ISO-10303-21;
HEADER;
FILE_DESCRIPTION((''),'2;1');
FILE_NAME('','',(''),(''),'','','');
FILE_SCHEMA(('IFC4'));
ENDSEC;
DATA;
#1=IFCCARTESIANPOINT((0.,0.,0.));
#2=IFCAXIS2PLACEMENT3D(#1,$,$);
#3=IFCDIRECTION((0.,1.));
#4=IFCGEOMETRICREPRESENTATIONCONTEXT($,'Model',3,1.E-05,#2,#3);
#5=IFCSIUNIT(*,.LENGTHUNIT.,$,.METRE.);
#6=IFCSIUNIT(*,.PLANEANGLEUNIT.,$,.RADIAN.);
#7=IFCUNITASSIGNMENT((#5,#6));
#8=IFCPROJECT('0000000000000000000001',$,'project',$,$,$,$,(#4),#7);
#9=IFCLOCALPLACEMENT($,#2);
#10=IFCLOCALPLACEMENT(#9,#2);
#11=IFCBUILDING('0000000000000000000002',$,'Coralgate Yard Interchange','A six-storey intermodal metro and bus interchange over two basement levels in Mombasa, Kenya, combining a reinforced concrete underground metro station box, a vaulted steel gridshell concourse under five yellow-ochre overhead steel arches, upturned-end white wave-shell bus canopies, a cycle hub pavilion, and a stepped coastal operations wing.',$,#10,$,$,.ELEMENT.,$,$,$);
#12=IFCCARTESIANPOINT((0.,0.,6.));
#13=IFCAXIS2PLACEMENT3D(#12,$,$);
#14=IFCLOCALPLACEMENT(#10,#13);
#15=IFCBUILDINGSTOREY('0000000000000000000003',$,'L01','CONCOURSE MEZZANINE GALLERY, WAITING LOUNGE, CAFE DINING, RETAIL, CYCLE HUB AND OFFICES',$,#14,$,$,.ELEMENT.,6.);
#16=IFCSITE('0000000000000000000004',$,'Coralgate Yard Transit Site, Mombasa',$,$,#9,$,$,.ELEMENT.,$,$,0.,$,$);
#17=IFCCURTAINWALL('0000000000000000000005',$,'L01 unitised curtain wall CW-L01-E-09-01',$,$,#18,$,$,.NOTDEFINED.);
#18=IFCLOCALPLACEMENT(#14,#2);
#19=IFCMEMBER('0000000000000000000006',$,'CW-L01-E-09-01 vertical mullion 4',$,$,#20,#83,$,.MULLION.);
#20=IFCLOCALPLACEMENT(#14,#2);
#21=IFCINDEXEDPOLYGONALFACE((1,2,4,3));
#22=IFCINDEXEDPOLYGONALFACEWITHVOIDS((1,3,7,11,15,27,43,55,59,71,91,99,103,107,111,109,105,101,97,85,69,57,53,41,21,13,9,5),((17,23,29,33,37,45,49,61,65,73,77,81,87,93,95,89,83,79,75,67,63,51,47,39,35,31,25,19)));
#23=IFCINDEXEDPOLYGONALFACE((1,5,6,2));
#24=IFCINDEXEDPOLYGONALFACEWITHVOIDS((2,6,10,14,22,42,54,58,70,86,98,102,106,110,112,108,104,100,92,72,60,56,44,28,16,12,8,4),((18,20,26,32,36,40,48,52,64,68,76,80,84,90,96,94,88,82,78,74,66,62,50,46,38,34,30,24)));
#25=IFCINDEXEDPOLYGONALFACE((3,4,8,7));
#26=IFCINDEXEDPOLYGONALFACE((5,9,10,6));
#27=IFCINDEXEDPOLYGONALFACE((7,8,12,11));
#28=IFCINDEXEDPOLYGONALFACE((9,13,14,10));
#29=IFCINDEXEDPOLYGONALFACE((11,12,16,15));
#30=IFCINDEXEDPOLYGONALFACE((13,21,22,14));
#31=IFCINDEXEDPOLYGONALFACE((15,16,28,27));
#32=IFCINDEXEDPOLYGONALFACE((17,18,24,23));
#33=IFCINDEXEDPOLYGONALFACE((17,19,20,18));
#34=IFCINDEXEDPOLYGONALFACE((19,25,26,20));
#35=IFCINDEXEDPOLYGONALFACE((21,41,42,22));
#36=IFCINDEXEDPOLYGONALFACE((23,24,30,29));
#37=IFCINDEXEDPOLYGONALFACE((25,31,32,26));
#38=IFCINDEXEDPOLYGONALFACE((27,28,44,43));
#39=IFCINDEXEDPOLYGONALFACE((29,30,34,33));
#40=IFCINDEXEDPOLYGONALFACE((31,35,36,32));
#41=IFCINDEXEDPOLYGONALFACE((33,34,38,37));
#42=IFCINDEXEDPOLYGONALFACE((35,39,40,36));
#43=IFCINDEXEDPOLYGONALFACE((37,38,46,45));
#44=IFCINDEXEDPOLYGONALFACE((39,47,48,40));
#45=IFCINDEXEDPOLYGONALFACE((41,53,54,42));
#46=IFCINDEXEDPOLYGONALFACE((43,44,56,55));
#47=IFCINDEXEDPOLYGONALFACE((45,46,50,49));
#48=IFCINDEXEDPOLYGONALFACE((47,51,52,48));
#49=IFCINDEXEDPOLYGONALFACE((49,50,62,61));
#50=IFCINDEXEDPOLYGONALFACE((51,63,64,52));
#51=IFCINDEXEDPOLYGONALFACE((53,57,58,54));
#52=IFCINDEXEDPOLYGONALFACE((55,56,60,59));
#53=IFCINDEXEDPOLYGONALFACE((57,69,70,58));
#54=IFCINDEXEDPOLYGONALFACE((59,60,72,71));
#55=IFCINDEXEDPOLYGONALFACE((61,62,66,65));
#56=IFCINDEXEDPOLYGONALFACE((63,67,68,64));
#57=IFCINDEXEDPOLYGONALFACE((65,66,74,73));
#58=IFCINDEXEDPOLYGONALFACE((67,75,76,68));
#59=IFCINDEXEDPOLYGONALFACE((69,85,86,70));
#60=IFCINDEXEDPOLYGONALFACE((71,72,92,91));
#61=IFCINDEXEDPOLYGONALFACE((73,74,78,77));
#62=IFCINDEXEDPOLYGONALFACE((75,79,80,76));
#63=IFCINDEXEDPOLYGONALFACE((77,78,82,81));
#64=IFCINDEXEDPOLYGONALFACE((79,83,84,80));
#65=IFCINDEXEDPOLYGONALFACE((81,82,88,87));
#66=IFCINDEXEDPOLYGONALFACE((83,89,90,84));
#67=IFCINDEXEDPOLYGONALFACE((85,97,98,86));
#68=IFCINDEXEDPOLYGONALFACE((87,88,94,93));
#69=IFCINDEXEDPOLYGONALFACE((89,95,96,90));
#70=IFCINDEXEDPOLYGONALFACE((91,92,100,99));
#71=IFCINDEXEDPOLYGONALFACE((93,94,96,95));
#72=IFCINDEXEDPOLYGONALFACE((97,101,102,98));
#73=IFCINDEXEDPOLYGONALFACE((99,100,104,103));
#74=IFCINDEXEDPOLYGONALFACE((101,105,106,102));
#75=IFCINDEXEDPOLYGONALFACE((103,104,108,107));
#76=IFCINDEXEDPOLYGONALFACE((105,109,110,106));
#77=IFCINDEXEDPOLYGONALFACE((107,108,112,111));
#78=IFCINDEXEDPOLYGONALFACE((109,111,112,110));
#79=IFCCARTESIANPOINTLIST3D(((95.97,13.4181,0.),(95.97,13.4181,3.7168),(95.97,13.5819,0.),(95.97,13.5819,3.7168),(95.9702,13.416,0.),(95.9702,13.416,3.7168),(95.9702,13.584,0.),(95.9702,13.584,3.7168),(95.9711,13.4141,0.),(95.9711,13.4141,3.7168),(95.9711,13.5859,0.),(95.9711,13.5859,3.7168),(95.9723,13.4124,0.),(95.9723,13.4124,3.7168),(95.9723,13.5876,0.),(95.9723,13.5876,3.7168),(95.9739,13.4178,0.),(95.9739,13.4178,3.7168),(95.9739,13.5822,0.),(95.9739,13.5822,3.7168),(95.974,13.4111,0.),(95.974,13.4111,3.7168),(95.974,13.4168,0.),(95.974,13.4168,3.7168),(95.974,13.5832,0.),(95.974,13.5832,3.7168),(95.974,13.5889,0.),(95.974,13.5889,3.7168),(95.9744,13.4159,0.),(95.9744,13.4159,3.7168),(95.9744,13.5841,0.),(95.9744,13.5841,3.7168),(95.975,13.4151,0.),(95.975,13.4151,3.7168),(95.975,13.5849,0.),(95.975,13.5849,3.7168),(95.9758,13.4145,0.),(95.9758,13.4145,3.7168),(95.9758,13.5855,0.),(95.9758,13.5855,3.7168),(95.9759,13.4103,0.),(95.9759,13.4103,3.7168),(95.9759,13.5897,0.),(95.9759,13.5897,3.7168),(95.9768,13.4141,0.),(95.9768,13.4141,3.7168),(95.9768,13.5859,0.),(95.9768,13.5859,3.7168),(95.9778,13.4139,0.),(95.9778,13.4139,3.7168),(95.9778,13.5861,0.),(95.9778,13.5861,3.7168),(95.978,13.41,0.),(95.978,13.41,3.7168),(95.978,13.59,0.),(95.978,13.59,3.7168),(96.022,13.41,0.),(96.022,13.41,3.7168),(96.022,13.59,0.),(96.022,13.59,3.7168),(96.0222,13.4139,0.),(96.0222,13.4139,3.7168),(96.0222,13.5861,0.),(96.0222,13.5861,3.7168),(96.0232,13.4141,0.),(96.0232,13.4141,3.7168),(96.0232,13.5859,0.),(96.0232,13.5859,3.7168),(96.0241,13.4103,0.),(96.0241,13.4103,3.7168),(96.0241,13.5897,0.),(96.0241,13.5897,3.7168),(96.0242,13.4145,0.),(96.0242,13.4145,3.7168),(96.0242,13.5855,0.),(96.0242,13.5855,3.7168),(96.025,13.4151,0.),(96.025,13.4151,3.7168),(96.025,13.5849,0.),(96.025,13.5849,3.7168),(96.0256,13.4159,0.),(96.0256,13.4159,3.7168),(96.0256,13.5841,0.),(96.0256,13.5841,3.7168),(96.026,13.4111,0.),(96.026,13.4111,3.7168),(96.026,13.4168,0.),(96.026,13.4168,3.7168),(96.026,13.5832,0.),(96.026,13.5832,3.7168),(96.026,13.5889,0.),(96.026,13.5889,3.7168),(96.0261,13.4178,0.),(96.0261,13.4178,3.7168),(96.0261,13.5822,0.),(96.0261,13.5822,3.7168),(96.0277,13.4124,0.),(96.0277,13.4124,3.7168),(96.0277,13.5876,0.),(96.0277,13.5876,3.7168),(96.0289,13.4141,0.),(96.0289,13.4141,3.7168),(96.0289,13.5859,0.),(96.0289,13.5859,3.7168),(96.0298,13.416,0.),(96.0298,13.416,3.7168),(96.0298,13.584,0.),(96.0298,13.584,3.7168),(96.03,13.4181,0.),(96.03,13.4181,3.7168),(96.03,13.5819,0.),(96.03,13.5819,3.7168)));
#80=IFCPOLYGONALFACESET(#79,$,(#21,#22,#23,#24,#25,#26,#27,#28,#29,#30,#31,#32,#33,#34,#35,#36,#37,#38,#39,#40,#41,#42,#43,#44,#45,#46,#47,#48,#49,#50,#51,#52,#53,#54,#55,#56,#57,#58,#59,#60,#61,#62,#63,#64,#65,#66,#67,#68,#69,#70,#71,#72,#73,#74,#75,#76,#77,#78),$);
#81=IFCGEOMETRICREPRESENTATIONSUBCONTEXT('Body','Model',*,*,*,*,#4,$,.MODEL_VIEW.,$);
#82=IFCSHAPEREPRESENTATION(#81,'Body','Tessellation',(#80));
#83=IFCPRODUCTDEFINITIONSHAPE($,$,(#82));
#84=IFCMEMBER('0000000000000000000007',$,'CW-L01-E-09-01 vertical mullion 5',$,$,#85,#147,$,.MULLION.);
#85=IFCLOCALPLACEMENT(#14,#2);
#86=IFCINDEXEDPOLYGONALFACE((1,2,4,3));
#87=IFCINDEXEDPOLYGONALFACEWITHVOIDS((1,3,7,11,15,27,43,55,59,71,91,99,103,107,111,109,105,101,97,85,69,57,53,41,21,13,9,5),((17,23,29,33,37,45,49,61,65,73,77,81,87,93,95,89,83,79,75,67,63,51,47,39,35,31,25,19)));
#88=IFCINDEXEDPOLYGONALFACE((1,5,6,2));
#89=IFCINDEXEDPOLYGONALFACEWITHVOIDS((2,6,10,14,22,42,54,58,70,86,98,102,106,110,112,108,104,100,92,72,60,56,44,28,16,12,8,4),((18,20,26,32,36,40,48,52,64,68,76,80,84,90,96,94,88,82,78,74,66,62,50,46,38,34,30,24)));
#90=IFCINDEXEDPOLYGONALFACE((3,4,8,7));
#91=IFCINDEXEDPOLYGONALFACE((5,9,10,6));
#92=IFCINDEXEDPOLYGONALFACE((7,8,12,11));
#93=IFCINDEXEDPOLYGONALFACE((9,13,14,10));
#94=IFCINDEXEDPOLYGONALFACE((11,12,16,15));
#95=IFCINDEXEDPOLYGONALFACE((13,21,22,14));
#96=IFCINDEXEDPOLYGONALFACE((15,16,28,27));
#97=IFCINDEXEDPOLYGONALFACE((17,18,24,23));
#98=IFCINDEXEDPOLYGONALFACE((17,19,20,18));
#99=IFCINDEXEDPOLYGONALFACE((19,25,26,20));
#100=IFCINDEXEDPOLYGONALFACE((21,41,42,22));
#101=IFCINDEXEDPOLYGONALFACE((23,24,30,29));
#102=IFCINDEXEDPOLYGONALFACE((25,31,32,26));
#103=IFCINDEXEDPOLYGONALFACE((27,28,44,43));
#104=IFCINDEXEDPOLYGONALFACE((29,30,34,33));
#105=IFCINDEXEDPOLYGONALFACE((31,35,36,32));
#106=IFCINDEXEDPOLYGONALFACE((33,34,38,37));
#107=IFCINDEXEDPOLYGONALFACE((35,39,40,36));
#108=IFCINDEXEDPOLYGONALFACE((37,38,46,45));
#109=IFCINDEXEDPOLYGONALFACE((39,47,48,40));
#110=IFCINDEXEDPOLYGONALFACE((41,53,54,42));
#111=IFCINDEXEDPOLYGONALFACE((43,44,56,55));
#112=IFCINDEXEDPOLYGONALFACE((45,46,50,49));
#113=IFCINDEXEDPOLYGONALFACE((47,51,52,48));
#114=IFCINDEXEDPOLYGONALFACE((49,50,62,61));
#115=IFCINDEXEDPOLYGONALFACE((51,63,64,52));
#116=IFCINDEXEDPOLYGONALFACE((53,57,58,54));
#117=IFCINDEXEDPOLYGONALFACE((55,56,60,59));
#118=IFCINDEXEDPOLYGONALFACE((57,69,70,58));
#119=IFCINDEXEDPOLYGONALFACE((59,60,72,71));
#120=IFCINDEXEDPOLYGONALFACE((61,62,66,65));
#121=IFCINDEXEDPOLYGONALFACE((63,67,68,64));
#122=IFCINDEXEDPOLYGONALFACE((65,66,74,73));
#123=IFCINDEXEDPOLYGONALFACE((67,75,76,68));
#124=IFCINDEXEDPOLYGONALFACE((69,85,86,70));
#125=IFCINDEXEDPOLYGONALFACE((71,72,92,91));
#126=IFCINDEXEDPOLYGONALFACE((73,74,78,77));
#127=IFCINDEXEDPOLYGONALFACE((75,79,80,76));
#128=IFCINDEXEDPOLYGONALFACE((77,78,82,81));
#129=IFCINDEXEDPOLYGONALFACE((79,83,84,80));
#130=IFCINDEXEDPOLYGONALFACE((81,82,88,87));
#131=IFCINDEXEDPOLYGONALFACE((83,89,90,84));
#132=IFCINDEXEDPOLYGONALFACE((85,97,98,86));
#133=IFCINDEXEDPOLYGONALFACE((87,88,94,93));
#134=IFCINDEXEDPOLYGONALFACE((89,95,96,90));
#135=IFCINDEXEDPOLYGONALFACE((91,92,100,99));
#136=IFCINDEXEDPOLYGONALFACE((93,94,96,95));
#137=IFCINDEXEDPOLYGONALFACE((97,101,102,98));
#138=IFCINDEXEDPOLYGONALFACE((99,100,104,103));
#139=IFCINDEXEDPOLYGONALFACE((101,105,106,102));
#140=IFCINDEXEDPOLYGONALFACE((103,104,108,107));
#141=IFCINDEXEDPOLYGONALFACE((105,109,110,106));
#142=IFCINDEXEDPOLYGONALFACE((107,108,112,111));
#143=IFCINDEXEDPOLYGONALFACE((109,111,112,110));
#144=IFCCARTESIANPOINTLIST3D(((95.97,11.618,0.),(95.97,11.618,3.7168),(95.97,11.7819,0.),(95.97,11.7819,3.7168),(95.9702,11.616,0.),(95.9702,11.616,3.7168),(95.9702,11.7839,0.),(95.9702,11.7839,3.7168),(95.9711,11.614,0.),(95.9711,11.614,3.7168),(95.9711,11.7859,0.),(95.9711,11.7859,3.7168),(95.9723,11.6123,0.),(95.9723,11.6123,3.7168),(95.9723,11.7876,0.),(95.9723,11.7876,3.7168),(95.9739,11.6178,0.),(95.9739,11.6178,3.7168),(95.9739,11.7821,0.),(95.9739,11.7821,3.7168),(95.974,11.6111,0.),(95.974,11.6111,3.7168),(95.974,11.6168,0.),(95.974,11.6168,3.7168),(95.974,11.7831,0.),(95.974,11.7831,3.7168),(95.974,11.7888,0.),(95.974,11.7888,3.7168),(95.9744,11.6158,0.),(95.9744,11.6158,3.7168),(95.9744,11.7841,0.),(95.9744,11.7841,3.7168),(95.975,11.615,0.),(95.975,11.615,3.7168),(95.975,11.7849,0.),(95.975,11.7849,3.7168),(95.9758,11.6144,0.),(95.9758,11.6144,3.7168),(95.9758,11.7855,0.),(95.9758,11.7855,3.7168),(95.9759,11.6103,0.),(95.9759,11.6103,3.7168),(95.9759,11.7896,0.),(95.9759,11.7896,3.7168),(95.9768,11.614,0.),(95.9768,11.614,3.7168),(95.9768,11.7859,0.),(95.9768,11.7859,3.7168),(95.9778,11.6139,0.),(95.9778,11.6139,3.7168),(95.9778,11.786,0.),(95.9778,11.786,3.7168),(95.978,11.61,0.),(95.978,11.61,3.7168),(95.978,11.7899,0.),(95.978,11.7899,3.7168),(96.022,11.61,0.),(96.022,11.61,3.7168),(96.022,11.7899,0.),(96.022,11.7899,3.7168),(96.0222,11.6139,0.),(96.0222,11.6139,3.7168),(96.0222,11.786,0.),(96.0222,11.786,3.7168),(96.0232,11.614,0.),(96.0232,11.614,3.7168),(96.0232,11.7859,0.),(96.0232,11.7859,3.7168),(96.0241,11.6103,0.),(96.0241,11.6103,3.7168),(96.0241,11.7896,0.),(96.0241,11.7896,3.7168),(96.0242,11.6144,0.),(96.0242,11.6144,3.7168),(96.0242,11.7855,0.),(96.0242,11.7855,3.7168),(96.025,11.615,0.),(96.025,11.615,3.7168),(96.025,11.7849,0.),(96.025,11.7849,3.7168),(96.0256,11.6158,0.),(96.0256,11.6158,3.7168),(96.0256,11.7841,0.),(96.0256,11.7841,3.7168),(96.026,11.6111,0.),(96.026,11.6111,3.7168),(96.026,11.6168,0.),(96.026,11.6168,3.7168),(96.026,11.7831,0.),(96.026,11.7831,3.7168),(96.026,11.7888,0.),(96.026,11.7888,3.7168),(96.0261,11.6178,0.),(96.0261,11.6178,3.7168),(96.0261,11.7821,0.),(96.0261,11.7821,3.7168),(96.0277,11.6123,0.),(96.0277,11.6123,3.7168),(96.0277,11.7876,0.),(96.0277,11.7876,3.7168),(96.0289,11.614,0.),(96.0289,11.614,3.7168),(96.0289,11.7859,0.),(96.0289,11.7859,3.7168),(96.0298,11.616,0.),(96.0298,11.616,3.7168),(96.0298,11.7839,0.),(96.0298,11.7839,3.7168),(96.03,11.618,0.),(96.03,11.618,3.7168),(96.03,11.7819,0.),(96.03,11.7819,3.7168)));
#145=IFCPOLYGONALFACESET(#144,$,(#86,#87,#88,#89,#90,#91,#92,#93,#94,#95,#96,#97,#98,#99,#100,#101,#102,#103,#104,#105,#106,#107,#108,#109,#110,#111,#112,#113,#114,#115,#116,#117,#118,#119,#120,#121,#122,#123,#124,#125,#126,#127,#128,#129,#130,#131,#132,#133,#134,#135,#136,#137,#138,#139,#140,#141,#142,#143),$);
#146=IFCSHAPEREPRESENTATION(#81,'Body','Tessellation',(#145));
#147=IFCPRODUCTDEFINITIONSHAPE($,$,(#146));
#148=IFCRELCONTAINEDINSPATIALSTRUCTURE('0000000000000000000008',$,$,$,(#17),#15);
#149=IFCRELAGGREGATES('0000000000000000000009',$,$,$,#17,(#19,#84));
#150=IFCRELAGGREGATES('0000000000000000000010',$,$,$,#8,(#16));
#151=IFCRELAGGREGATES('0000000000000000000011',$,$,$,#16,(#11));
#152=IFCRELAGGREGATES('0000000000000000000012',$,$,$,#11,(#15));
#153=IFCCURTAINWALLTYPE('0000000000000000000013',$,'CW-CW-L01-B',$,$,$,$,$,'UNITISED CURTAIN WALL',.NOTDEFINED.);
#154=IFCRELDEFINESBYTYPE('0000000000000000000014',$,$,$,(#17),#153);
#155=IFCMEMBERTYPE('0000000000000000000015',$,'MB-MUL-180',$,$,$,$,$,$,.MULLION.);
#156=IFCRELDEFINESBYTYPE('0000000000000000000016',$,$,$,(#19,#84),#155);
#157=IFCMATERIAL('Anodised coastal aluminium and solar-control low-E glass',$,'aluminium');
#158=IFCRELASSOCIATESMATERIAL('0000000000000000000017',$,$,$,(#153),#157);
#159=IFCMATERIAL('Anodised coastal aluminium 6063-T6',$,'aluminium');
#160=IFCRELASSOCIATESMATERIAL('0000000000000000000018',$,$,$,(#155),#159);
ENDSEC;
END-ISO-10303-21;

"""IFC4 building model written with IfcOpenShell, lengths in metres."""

from ifc_helpers import new_model, si_unit, direction, frame, origin, origin_2d, place, context, subcontext, project, spatial, hollow_rectangle, extrude, material, material_profile, profile_set, type_object, element, aggregate, save


model = new_model("IFC4")

# Units and contexts
model_context = context("Model", 3, precision=1e-05, world=origin(), true_north=direction((0.0, 1.0)))
body_context = subcontext(model_context, "Body", "Model", "MODEL_VIEW")
ifc_project = project(units=[si_unit("LENGTHUNIT", "METRE"), si_unit("PLANEANGLEUNIT", "RADIAN")], contexts=[model_context])

# Site, building, storey
site_placement = place(None, origin())
site = spatial("IfcSite", under=ifc_project, at=site_placement, Name="Coralgate Yard Transit Site, Mombasa", CompositionType="ELEMENT", RefElevation=0.0)
building_placement = place(site_placement, origin())
building = spatial("IfcBuilding", under=site, at=building_placement, Name="Coralgate Yard Interchange", Description="A six-storey intermodal metro and bus interchange over two basement levels in Mombasa, Kenya, combining a reinforced concrete underground metro station box, a vaulted steel gridshell concourse under five yellow-ochre overhead steel arches, upturned-end white wave-shell bus canopies, a cycle hub pavilion, and a stepped coastal operations wing.", CompositionType="ELEMENT")
storey_placement = place(building_placement, frame((0.0, 0.0, 6.0)))
storey = spatial("IfcBuildingStorey", under=building, at=storey_placement, Name="L01", Description="CONCOURSE MEZZANINE GALLERY, WAITING LOUNGE, CAFE DINING, RETAIL, CYCLE HUB AND OFFICES", CompositionType="ELEMENT", Elevation=6.0)

# Curtain wall, members
ifc_material_1 = material(Name="Anodised coastal aluminium and solar-control low-E glass", Category="aluminium")
curtain_wall_type = type_object("IfcCurtainWallType", Name="CW-CW-L01-B", ElementType="UNITISED CURTAIN WALL", PredefinedType="NOTDEFINED", material=ifc_material_1)
ifc_material_2 = material(Name="Anodised coastal aluminium 6063-T6", Category="aluminium")
ifc_material_profile_1 = material_profile(ifc_material_2, hollow_rectangle(XDim=0.0601, YDim=0.1799, WallThickness=0.0039, InnerFilletRadius=0.0039, OuterFilletRadius=0.0081, at=origin_2d()), Name="ALU 60x180x4")
ifc_profile_set_1 = profile_set([ifc_material_profile_1], Name="Anodised coastal aluminium 6063-T6")
member_type_1 = type_object("IfcMemberType", Name="MB-MUL-180", PredefinedType="MULLION", material=ifc_profile_set_1)
curtain_wall_1_placement = place(storey_placement, origin())
curtain_wall_1 = element("IfcCurtainWall", 1, at=curtain_wall_1_placement, inside=storey, type_object=curtain_wall_type, Name="L01 unitised curtain wall CW-L01-E-09-01", PredefinedType="NOTDEFINED")
member_1_placement = place(storey_placement, frame((96.0, 13.5, 0.0), z_axis=(0.0, 0.0, 1.0), x_axis=(1.0, 0.0, 0.0)))
member_1 = element("IfcMember", 2, at=member_1_placement, type_object=member_type_1, Name="CW-L01-E-09-01 vertical mullion 4", PredefinedType="MULLION", context=body_context, shape_type="SweptSolid", body=[
    extrude(hollow_rectangle(XDim=0.0601, YDim=0.1799, WallThickness=0.0039, InnerFilletRadius=0.0039, OuterFilletRadius=0.0081, at=origin_2d()), origin(), (0.0, 0.0, 1.0), 3.7168),
])
member_2_placement = place(storey_placement, frame((96.0, 11.7, 0.0), z_axis=(0.0, 0.0, 1.0), x_axis=(1.0, 0.0, 0.0)))
member_2 = element("IfcMember", 3, at=member_2_placement, type_object=member_type_1, Name="CW-L01-E-09-01 vertical mullion 5", PredefinedType="MULLION", context=body_context, shape_type="SweptSolid", body=[
    extrude(hollow_rectangle(XDim=0.0601, YDim=0.1799, WallThickness=0.0039, InnerFilletRadius=0.0039, OuterFilletRadius=0.0081, at=origin_2d()), origin(), (0.0, 0.0, 1.0), 3.7168),
])

aggregate(curtain_wall_1, [member_1, member_2])

save(model, "model.ifc")
